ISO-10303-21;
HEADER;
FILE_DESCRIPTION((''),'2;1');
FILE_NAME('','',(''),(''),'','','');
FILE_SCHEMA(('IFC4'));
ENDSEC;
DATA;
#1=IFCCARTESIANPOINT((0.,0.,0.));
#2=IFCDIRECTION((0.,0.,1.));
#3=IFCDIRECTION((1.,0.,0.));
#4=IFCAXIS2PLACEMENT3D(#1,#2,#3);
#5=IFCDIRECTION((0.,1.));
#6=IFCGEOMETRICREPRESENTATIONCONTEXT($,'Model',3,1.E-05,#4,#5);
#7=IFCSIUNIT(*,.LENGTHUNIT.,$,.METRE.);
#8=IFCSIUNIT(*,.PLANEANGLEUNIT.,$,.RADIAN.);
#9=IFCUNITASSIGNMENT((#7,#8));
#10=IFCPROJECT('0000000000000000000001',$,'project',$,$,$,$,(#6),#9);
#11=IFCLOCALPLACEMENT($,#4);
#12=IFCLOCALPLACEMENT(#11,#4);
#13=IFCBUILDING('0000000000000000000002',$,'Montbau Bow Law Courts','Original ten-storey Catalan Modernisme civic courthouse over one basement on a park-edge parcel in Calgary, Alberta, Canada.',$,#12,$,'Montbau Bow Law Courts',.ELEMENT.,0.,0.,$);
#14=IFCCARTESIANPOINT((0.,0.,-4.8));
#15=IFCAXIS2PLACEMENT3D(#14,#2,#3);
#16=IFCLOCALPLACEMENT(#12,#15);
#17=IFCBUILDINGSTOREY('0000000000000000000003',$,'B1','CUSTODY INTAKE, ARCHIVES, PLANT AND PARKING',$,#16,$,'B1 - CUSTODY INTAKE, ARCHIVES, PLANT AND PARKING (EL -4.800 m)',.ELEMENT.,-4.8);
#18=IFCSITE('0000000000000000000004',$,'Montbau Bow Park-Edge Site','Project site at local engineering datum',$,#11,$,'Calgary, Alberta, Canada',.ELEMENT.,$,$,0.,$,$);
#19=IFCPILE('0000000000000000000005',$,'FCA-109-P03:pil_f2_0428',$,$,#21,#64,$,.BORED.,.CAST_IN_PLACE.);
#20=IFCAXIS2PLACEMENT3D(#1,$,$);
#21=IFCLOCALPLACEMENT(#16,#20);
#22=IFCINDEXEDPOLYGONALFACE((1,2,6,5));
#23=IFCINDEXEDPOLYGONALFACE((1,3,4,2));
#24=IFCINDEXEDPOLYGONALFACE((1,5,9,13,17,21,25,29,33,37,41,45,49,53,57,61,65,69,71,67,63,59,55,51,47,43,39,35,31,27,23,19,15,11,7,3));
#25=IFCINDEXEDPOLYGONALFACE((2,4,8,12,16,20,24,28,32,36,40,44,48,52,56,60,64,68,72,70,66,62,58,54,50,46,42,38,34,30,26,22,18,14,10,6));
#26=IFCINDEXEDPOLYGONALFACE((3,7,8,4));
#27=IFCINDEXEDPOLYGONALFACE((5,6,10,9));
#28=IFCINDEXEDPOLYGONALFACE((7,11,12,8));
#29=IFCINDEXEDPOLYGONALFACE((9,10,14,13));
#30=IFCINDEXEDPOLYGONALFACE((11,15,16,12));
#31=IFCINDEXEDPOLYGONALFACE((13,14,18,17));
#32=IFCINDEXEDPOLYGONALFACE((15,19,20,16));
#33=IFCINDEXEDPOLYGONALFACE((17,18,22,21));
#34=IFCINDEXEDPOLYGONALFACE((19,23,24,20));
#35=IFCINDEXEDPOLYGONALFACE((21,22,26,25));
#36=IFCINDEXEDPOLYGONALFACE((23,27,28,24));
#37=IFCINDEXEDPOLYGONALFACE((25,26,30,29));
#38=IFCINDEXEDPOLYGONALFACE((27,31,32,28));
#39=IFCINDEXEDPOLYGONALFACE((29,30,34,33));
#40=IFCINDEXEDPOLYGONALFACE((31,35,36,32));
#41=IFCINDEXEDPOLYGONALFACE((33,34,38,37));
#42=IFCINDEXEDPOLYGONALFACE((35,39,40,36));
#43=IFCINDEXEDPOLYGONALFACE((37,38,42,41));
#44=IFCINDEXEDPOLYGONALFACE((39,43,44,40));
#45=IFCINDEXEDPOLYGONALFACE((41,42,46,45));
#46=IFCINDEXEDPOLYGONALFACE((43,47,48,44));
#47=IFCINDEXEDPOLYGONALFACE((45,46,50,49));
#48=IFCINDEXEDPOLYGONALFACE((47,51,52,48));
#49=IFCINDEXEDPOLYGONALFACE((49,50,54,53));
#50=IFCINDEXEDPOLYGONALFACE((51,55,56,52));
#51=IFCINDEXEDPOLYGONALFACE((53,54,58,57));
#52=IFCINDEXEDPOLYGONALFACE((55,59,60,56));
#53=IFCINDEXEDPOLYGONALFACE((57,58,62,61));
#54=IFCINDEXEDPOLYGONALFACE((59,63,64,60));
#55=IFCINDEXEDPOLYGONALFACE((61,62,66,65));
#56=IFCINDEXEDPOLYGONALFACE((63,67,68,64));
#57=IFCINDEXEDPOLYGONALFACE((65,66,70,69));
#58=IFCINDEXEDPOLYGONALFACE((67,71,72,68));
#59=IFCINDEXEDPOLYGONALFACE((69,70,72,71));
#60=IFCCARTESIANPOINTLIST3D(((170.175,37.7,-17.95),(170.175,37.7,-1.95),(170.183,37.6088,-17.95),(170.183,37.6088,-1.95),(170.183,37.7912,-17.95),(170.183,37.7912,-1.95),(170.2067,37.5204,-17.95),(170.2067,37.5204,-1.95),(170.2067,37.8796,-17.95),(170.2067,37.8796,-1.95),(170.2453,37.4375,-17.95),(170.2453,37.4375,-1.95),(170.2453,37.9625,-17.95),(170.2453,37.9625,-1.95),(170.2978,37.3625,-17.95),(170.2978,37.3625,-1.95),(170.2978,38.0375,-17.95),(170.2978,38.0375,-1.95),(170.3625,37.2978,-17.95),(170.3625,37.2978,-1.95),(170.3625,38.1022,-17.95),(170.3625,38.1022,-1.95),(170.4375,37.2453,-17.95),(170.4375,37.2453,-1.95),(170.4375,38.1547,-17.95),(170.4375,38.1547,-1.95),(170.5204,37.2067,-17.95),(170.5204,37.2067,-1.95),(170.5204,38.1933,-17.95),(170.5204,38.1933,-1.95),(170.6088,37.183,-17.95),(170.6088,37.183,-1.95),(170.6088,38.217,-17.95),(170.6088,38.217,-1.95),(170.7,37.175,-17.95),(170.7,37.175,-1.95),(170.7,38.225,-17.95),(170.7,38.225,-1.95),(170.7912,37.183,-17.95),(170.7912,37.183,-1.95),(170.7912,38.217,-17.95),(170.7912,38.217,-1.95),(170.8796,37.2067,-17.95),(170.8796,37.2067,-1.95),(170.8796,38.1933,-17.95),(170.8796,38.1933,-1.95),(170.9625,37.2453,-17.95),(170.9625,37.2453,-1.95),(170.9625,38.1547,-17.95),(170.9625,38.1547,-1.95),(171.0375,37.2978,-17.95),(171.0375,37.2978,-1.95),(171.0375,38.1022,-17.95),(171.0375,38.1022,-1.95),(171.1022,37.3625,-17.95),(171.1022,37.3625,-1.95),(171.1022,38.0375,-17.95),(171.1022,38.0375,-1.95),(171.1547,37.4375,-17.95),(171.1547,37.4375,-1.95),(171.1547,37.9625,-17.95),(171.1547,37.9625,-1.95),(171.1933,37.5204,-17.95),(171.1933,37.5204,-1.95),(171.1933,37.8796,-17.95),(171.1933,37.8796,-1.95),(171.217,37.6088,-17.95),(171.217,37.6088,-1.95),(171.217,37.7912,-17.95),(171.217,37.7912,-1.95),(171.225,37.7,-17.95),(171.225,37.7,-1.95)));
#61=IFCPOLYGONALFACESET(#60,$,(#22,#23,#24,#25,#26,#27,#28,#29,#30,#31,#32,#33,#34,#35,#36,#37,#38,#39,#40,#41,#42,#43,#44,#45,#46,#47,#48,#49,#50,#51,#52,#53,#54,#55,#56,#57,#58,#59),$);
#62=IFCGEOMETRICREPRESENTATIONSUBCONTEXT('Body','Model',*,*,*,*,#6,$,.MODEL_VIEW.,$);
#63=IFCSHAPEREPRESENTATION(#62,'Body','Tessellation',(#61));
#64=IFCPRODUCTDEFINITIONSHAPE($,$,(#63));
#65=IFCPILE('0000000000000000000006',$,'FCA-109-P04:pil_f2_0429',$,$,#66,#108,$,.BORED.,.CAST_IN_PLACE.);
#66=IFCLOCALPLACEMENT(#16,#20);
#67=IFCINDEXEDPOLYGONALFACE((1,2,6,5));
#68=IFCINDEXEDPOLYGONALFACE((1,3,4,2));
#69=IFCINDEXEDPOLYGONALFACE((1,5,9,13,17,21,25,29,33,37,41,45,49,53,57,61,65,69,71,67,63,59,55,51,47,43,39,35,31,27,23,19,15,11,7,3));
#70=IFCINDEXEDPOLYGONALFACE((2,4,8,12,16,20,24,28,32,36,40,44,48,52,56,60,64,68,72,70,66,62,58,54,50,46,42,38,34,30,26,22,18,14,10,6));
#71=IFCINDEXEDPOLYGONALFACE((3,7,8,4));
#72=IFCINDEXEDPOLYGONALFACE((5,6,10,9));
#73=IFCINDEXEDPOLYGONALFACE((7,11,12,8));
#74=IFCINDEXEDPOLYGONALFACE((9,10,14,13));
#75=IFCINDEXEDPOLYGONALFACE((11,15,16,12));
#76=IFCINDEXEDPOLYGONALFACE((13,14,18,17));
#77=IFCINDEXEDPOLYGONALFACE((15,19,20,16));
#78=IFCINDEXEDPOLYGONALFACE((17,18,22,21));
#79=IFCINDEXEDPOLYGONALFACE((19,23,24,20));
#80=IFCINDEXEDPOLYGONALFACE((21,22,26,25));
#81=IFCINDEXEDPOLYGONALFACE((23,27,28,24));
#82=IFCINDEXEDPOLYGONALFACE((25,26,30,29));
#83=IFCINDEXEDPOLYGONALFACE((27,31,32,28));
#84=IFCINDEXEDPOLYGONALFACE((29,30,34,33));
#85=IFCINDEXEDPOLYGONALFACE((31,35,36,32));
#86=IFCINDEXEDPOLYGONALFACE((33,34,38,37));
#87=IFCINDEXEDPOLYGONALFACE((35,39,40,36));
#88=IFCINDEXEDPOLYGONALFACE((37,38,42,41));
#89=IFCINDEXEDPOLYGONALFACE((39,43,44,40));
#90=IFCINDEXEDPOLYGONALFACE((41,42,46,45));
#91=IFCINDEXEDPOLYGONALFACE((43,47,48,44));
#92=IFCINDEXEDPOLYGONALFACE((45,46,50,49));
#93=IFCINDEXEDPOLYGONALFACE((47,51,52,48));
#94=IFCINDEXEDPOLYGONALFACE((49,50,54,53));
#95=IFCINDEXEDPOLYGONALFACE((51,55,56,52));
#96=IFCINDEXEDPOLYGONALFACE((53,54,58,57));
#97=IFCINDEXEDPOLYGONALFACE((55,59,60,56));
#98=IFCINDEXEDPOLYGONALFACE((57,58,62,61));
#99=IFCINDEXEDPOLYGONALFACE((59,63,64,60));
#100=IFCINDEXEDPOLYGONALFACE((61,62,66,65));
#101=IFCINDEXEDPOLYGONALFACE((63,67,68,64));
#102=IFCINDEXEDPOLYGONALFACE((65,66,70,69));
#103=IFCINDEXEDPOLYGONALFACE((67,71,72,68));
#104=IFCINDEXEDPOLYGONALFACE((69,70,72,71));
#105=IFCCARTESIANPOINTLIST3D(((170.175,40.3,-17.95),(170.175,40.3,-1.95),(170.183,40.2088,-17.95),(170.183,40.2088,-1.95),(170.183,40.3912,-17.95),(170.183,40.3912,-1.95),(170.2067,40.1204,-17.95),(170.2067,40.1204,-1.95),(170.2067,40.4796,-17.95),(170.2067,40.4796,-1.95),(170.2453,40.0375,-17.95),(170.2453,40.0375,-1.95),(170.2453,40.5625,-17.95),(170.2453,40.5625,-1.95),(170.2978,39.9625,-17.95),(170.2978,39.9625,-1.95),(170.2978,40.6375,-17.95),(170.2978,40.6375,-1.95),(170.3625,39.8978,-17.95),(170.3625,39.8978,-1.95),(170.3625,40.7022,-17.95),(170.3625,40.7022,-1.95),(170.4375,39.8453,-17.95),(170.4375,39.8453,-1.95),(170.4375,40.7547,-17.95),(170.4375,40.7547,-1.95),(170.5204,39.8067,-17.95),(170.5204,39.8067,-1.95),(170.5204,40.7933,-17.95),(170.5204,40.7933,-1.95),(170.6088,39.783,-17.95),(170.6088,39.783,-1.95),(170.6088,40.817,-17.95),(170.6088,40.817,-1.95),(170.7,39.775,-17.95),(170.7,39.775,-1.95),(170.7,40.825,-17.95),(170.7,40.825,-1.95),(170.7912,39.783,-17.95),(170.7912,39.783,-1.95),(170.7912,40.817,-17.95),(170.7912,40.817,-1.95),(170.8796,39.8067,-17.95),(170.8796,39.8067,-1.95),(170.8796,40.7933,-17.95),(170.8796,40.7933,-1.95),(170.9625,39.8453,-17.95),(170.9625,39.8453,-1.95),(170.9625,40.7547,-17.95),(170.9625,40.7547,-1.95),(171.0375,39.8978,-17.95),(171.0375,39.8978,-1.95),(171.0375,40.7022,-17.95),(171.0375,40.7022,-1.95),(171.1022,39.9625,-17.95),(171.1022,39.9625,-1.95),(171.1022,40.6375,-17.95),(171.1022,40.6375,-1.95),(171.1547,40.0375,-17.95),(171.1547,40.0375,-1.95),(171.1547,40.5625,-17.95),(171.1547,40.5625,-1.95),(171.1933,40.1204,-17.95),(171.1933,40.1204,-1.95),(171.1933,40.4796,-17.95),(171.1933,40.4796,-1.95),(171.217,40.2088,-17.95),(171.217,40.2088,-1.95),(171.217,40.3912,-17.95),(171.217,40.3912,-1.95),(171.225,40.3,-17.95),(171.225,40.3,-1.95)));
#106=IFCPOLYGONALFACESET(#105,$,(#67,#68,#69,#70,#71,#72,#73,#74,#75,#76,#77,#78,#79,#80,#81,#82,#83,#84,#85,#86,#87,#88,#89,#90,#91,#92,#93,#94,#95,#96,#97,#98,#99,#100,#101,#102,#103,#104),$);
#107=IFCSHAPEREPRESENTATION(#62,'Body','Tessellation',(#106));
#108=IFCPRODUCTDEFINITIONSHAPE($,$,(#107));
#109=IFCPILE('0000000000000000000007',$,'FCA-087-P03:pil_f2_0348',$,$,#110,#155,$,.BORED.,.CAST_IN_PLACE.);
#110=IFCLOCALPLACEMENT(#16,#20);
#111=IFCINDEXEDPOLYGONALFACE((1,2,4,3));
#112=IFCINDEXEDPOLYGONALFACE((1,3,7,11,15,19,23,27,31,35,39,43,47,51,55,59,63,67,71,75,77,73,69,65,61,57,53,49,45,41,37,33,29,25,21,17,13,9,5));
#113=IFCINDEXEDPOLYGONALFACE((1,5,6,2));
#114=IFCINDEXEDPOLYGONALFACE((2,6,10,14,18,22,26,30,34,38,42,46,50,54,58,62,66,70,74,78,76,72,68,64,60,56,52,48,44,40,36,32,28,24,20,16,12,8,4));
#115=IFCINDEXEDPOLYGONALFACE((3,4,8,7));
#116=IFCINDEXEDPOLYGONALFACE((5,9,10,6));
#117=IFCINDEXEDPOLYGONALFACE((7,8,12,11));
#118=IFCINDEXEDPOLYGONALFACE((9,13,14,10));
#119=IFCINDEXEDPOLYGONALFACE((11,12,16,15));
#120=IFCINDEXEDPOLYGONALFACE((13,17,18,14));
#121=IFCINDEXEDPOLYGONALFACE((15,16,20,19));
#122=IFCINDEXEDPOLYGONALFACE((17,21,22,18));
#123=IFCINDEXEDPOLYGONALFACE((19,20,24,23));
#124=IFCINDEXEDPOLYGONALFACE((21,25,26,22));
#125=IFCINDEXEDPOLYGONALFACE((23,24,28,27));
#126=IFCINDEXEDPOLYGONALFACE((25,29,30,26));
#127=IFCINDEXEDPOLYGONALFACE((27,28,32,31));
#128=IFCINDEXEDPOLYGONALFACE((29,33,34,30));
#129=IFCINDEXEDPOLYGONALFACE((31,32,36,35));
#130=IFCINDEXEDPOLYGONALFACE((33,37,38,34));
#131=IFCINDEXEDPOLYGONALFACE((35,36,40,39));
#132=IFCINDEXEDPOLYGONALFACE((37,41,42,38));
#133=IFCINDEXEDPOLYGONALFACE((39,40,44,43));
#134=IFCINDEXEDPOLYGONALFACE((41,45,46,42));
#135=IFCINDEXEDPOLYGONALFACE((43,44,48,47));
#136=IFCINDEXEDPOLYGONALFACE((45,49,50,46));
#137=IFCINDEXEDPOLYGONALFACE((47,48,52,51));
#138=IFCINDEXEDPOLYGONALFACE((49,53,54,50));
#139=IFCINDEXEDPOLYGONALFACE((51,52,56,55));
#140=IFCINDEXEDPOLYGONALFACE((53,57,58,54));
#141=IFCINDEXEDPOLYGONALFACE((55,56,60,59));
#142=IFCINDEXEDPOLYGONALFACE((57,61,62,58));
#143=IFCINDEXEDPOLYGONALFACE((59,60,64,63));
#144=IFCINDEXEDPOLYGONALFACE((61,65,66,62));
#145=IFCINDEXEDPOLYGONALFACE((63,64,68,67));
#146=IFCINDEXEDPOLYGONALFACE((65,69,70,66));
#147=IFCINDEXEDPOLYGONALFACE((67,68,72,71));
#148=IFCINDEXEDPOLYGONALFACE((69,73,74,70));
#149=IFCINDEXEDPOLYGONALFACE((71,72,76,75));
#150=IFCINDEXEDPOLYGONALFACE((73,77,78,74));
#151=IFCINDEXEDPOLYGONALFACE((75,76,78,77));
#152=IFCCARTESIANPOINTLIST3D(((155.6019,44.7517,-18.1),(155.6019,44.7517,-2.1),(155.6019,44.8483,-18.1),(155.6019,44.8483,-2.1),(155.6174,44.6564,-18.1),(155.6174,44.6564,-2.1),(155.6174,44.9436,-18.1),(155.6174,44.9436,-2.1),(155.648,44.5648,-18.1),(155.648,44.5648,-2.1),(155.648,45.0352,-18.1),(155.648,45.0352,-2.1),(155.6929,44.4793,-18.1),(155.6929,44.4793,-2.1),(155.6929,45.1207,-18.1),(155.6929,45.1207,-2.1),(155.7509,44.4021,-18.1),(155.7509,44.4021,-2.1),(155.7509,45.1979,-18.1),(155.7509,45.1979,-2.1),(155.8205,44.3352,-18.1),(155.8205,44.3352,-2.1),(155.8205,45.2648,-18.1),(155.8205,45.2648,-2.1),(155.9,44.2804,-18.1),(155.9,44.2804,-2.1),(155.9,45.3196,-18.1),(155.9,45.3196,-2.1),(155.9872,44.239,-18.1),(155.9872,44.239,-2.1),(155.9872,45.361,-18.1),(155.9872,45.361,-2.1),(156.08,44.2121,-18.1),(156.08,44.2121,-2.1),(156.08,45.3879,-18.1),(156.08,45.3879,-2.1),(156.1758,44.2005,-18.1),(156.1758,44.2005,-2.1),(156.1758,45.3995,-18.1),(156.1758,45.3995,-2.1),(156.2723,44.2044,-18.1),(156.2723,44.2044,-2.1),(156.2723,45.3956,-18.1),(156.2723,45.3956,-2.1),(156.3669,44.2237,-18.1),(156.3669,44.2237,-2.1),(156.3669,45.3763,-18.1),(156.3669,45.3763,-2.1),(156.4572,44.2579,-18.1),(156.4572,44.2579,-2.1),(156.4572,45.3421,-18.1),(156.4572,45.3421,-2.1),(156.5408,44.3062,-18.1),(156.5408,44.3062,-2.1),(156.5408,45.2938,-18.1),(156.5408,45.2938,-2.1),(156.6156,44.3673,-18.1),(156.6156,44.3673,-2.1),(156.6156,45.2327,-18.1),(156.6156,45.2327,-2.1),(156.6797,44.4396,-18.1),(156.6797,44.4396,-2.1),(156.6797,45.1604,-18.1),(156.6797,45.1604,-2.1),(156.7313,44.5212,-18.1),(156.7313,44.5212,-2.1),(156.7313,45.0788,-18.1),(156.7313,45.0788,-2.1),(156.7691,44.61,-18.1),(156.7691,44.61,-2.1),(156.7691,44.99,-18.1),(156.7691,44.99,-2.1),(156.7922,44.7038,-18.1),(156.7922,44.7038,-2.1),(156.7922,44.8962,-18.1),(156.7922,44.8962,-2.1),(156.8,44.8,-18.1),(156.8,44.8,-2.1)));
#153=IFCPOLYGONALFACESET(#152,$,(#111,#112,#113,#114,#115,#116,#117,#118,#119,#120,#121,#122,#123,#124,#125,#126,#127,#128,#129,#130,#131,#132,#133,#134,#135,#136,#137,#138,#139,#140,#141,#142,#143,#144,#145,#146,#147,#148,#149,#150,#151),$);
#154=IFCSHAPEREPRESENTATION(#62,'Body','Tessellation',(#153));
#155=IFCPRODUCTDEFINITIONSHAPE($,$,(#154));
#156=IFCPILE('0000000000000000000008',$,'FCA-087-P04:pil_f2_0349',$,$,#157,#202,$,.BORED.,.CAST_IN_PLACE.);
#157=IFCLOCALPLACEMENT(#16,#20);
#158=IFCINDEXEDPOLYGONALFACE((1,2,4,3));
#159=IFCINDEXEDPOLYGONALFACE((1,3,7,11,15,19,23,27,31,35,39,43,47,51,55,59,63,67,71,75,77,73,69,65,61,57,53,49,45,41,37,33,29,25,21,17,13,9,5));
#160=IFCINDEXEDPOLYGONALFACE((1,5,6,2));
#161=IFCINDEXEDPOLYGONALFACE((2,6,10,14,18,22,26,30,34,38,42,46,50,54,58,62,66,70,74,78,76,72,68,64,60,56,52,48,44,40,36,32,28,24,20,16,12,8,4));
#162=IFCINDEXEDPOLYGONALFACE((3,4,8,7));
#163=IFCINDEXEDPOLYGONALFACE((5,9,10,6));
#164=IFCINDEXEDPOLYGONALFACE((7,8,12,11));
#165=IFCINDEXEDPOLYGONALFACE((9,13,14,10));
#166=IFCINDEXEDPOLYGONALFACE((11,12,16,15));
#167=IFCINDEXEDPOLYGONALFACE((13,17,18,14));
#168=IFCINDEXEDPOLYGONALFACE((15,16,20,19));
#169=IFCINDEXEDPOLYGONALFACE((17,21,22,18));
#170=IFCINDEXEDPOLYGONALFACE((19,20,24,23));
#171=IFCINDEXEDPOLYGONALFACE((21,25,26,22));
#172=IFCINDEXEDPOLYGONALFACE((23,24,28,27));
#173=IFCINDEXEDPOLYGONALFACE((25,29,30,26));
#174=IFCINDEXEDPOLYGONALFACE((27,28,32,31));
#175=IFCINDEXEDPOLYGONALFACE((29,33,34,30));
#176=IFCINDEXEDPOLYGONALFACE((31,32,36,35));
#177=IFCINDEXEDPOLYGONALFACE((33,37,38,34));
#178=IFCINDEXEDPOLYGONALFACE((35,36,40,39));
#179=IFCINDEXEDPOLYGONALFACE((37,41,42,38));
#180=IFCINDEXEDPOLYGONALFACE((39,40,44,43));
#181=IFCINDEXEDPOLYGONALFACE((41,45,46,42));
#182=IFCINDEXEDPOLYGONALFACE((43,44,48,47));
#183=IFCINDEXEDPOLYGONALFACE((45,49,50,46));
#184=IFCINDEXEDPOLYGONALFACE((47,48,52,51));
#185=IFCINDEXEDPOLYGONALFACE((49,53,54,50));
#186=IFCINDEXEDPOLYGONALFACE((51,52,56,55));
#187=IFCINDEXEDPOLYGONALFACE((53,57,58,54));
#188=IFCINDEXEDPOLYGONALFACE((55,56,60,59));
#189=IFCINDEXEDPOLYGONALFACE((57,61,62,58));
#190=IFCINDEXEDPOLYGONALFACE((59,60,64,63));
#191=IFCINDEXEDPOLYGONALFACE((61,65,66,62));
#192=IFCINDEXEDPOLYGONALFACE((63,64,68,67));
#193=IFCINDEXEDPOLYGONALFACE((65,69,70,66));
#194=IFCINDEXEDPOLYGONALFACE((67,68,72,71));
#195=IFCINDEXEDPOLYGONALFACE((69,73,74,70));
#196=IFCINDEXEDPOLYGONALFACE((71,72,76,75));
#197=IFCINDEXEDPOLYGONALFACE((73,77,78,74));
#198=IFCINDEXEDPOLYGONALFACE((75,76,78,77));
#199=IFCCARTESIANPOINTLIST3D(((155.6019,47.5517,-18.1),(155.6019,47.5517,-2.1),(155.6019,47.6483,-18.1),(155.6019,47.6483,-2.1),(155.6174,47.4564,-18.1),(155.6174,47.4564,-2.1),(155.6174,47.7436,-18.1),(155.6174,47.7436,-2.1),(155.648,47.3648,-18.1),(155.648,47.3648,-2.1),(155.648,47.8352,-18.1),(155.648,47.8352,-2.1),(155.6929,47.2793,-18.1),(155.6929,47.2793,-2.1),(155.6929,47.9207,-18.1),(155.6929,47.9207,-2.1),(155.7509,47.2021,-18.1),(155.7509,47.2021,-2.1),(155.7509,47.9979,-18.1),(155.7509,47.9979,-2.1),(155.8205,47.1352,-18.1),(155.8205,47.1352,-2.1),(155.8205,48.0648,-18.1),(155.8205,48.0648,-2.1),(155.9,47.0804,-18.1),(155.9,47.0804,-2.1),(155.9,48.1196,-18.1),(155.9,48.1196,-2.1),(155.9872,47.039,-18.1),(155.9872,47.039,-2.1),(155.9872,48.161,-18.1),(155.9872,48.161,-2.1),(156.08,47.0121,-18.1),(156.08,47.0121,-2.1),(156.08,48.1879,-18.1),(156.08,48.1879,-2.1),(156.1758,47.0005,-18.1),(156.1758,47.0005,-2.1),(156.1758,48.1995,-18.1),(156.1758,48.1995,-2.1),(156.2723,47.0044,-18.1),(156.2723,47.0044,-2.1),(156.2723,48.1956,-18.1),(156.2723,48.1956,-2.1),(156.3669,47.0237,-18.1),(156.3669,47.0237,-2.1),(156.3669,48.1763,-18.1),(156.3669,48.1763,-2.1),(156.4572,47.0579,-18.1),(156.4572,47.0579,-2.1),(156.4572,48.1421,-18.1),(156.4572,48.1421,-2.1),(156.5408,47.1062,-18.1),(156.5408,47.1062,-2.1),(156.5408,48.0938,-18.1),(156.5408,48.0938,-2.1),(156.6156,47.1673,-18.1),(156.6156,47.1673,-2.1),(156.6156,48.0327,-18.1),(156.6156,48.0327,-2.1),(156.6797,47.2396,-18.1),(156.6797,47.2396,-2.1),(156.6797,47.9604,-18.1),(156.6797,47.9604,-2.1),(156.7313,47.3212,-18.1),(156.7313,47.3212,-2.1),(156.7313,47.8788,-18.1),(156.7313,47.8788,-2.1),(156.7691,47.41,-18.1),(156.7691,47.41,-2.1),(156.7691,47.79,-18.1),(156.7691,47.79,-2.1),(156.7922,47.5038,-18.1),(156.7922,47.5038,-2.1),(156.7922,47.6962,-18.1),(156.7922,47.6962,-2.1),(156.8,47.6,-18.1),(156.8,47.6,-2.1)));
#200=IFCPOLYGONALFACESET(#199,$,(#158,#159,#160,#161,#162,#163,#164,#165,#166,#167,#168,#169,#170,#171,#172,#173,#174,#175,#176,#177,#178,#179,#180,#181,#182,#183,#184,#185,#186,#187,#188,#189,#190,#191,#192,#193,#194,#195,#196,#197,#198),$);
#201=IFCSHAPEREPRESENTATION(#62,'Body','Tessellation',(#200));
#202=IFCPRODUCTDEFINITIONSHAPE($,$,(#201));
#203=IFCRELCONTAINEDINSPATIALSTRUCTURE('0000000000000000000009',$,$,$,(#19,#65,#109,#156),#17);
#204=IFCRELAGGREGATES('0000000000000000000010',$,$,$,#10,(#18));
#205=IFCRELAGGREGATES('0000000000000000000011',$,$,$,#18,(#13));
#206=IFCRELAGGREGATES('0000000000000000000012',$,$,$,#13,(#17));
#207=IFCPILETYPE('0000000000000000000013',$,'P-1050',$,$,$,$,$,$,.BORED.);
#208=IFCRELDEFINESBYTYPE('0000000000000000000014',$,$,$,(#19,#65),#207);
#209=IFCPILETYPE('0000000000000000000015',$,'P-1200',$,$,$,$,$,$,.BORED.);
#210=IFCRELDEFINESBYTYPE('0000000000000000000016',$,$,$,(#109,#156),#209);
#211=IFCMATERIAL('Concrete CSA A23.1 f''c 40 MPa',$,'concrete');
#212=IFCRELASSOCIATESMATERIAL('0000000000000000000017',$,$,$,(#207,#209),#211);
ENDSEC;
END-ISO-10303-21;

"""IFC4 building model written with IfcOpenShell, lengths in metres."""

from ifc_helpers import new_model, si_unit, direction, frame, origin_with_axes, origin_2d_with_axis, place, context, subcontext, project, spatial, circle, extrude, material, material_profile, profile_set, type_object, element, save


model = new_model("IFC4")

# Units and contexts
model_context = context("Model", 3, precision=1e-05, world=origin_with_axes(), true_north=direction((0.0, 1.0)))
body_context = subcontext(model_context, "Body", "Model", "MODEL_VIEW")
ifc_project = project(units=[si_unit("LENGTHUNIT", "METRE"), si_unit("PLANEANGLEUNIT", "RADIAN")], contexts=[model_context])

# Site, building, storey
site_placement = place(None, origin_with_axes())
site = spatial("IfcSite", under=ifc_project, at=site_placement, Name="Montbau Bow Park-Edge Site", Description="Project site at local engineering datum", LongName="Calgary, Alberta, Canada", CompositionType="ELEMENT", RefElevation=0.0)
building_placement = place(site_placement, origin_with_axes())
building = spatial("IfcBuilding", under=site, at=building_placement, Name="Montbau Bow Law Courts", Description="Original ten-storey Catalan Modernisme civic courthouse over one basement on a park-edge parcel in Calgary, Alberta, Canada.", LongName="Montbau Bow Law Courts", CompositionType="ELEMENT", ElevationOfRefHeight=0.0, ElevationOfTerrain=0.0)
storey_placement = place(building_placement, frame((0.0, 0.0, -4.8), z_axis=(0.0, 0.0, 1.0), x_axis=(1.0, 0.0, 0.0)))
storey = spatial("IfcBuildingStorey", under=building, at=storey_placement, Name="B1", Description="CUSTODY INTAKE, ARCHIVES, PLANT AND PARKING", LongName="B1 - CUSTODY INTAKE, ARCHIVES, PLANT AND PARKING (EL -4.800 m)", CompositionType="ELEMENT", Elevation=-4.8)

# Piles
ifc_material_1 = material(Name="Concrete CSA A23.1 f'c 40 MPa", Category="concrete")
ifc_material_profile_1 = material_profile(ifc_material_1, circle(Radius=0.525, at=origin_2d_with_axis()), Name="BP1050", Category="Main", Priority=0)
ifc_profile_set_1 = profile_set([ifc_material_profile_1], Name="Concrete CSA A23.1 f'c 40 MPa")
pile_type_1 = type_object("IfcPileType", Name="P-1050", PredefinedType="BORED", material=ifc_profile_set_1)
for number, where, z_axis, x_axis, name in (
    (1, (170.7, 37.7, -22.75), (0.0, 0.0, 1.0), (1.0, 0.0, 0.0), "FCA-109-P03:pil_f2_0428"),
    (2, (170.7, 40.3, -22.75), (0.0, 0.0, 1.0), (1.0, 0.0, 0.0), "FCA-109-P04:pil_f2_0429"),
):
    element("IfcPile", number, at=place(None, frame(where, z_axis=z_axis, x_axis=x_axis)), inside=storey, type_object=pile_type_1, Name=name, ConstructionType="CAST_IN_PLACE", PredefinedType="BORED", context=body_context, shape_type="SweptSolid", body=[
        extrude(circle(Radius=0.525, at=origin_2d_with_axis()), origin_with_axes(), (0.0, 0.0, 1.0), 16.0),
    ])
ifc_material_profile_2 = material_profile(ifc_material_1, circle(Radius=0.6, at=origin_2d_with_axis()), Name="BP1200", Category="Main", Priority=0)
ifc_profile_set_2 = profile_set([ifc_material_profile_2], Name="Concrete CSA A23.1 f'c 40 MPa")
pile_type_2 = type_object("IfcPileType", Name="P-1200", PredefinedType="BORED", material=ifc_profile_set_2)
for number, where, z_axis, x_axis, name in (
    (3, (156.2, 44.8, -22.9), (0.0, 0.0, 1.0), (1.0, 0.0, 0.0), "FCA-087-P03:pil_f2_0348"),
    (4, (156.2, 47.6, -22.9), (0.0, 0.0, 1.0), (1.0, 0.0, 0.0), "FCA-087-P04:pil_f2_0349"),
):
    element("IfcPile", number, at=place(None, frame(where, z_axis=z_axis, x_axis=x_axis)), inside=storey, type_object=pile_type_2, Name=name, ConstructionType="CAST_IN_PLACE", PredefinedType="BORED", context=body_context, shape_type="SweptSolid", body=[
        extrude(circle(Radius=0.6, at=origin_2d_with_axis()), origin_with_axes(), (0.0, 0.0, 1.0), 16.0),
    ])

save(model, "model.ifc")
